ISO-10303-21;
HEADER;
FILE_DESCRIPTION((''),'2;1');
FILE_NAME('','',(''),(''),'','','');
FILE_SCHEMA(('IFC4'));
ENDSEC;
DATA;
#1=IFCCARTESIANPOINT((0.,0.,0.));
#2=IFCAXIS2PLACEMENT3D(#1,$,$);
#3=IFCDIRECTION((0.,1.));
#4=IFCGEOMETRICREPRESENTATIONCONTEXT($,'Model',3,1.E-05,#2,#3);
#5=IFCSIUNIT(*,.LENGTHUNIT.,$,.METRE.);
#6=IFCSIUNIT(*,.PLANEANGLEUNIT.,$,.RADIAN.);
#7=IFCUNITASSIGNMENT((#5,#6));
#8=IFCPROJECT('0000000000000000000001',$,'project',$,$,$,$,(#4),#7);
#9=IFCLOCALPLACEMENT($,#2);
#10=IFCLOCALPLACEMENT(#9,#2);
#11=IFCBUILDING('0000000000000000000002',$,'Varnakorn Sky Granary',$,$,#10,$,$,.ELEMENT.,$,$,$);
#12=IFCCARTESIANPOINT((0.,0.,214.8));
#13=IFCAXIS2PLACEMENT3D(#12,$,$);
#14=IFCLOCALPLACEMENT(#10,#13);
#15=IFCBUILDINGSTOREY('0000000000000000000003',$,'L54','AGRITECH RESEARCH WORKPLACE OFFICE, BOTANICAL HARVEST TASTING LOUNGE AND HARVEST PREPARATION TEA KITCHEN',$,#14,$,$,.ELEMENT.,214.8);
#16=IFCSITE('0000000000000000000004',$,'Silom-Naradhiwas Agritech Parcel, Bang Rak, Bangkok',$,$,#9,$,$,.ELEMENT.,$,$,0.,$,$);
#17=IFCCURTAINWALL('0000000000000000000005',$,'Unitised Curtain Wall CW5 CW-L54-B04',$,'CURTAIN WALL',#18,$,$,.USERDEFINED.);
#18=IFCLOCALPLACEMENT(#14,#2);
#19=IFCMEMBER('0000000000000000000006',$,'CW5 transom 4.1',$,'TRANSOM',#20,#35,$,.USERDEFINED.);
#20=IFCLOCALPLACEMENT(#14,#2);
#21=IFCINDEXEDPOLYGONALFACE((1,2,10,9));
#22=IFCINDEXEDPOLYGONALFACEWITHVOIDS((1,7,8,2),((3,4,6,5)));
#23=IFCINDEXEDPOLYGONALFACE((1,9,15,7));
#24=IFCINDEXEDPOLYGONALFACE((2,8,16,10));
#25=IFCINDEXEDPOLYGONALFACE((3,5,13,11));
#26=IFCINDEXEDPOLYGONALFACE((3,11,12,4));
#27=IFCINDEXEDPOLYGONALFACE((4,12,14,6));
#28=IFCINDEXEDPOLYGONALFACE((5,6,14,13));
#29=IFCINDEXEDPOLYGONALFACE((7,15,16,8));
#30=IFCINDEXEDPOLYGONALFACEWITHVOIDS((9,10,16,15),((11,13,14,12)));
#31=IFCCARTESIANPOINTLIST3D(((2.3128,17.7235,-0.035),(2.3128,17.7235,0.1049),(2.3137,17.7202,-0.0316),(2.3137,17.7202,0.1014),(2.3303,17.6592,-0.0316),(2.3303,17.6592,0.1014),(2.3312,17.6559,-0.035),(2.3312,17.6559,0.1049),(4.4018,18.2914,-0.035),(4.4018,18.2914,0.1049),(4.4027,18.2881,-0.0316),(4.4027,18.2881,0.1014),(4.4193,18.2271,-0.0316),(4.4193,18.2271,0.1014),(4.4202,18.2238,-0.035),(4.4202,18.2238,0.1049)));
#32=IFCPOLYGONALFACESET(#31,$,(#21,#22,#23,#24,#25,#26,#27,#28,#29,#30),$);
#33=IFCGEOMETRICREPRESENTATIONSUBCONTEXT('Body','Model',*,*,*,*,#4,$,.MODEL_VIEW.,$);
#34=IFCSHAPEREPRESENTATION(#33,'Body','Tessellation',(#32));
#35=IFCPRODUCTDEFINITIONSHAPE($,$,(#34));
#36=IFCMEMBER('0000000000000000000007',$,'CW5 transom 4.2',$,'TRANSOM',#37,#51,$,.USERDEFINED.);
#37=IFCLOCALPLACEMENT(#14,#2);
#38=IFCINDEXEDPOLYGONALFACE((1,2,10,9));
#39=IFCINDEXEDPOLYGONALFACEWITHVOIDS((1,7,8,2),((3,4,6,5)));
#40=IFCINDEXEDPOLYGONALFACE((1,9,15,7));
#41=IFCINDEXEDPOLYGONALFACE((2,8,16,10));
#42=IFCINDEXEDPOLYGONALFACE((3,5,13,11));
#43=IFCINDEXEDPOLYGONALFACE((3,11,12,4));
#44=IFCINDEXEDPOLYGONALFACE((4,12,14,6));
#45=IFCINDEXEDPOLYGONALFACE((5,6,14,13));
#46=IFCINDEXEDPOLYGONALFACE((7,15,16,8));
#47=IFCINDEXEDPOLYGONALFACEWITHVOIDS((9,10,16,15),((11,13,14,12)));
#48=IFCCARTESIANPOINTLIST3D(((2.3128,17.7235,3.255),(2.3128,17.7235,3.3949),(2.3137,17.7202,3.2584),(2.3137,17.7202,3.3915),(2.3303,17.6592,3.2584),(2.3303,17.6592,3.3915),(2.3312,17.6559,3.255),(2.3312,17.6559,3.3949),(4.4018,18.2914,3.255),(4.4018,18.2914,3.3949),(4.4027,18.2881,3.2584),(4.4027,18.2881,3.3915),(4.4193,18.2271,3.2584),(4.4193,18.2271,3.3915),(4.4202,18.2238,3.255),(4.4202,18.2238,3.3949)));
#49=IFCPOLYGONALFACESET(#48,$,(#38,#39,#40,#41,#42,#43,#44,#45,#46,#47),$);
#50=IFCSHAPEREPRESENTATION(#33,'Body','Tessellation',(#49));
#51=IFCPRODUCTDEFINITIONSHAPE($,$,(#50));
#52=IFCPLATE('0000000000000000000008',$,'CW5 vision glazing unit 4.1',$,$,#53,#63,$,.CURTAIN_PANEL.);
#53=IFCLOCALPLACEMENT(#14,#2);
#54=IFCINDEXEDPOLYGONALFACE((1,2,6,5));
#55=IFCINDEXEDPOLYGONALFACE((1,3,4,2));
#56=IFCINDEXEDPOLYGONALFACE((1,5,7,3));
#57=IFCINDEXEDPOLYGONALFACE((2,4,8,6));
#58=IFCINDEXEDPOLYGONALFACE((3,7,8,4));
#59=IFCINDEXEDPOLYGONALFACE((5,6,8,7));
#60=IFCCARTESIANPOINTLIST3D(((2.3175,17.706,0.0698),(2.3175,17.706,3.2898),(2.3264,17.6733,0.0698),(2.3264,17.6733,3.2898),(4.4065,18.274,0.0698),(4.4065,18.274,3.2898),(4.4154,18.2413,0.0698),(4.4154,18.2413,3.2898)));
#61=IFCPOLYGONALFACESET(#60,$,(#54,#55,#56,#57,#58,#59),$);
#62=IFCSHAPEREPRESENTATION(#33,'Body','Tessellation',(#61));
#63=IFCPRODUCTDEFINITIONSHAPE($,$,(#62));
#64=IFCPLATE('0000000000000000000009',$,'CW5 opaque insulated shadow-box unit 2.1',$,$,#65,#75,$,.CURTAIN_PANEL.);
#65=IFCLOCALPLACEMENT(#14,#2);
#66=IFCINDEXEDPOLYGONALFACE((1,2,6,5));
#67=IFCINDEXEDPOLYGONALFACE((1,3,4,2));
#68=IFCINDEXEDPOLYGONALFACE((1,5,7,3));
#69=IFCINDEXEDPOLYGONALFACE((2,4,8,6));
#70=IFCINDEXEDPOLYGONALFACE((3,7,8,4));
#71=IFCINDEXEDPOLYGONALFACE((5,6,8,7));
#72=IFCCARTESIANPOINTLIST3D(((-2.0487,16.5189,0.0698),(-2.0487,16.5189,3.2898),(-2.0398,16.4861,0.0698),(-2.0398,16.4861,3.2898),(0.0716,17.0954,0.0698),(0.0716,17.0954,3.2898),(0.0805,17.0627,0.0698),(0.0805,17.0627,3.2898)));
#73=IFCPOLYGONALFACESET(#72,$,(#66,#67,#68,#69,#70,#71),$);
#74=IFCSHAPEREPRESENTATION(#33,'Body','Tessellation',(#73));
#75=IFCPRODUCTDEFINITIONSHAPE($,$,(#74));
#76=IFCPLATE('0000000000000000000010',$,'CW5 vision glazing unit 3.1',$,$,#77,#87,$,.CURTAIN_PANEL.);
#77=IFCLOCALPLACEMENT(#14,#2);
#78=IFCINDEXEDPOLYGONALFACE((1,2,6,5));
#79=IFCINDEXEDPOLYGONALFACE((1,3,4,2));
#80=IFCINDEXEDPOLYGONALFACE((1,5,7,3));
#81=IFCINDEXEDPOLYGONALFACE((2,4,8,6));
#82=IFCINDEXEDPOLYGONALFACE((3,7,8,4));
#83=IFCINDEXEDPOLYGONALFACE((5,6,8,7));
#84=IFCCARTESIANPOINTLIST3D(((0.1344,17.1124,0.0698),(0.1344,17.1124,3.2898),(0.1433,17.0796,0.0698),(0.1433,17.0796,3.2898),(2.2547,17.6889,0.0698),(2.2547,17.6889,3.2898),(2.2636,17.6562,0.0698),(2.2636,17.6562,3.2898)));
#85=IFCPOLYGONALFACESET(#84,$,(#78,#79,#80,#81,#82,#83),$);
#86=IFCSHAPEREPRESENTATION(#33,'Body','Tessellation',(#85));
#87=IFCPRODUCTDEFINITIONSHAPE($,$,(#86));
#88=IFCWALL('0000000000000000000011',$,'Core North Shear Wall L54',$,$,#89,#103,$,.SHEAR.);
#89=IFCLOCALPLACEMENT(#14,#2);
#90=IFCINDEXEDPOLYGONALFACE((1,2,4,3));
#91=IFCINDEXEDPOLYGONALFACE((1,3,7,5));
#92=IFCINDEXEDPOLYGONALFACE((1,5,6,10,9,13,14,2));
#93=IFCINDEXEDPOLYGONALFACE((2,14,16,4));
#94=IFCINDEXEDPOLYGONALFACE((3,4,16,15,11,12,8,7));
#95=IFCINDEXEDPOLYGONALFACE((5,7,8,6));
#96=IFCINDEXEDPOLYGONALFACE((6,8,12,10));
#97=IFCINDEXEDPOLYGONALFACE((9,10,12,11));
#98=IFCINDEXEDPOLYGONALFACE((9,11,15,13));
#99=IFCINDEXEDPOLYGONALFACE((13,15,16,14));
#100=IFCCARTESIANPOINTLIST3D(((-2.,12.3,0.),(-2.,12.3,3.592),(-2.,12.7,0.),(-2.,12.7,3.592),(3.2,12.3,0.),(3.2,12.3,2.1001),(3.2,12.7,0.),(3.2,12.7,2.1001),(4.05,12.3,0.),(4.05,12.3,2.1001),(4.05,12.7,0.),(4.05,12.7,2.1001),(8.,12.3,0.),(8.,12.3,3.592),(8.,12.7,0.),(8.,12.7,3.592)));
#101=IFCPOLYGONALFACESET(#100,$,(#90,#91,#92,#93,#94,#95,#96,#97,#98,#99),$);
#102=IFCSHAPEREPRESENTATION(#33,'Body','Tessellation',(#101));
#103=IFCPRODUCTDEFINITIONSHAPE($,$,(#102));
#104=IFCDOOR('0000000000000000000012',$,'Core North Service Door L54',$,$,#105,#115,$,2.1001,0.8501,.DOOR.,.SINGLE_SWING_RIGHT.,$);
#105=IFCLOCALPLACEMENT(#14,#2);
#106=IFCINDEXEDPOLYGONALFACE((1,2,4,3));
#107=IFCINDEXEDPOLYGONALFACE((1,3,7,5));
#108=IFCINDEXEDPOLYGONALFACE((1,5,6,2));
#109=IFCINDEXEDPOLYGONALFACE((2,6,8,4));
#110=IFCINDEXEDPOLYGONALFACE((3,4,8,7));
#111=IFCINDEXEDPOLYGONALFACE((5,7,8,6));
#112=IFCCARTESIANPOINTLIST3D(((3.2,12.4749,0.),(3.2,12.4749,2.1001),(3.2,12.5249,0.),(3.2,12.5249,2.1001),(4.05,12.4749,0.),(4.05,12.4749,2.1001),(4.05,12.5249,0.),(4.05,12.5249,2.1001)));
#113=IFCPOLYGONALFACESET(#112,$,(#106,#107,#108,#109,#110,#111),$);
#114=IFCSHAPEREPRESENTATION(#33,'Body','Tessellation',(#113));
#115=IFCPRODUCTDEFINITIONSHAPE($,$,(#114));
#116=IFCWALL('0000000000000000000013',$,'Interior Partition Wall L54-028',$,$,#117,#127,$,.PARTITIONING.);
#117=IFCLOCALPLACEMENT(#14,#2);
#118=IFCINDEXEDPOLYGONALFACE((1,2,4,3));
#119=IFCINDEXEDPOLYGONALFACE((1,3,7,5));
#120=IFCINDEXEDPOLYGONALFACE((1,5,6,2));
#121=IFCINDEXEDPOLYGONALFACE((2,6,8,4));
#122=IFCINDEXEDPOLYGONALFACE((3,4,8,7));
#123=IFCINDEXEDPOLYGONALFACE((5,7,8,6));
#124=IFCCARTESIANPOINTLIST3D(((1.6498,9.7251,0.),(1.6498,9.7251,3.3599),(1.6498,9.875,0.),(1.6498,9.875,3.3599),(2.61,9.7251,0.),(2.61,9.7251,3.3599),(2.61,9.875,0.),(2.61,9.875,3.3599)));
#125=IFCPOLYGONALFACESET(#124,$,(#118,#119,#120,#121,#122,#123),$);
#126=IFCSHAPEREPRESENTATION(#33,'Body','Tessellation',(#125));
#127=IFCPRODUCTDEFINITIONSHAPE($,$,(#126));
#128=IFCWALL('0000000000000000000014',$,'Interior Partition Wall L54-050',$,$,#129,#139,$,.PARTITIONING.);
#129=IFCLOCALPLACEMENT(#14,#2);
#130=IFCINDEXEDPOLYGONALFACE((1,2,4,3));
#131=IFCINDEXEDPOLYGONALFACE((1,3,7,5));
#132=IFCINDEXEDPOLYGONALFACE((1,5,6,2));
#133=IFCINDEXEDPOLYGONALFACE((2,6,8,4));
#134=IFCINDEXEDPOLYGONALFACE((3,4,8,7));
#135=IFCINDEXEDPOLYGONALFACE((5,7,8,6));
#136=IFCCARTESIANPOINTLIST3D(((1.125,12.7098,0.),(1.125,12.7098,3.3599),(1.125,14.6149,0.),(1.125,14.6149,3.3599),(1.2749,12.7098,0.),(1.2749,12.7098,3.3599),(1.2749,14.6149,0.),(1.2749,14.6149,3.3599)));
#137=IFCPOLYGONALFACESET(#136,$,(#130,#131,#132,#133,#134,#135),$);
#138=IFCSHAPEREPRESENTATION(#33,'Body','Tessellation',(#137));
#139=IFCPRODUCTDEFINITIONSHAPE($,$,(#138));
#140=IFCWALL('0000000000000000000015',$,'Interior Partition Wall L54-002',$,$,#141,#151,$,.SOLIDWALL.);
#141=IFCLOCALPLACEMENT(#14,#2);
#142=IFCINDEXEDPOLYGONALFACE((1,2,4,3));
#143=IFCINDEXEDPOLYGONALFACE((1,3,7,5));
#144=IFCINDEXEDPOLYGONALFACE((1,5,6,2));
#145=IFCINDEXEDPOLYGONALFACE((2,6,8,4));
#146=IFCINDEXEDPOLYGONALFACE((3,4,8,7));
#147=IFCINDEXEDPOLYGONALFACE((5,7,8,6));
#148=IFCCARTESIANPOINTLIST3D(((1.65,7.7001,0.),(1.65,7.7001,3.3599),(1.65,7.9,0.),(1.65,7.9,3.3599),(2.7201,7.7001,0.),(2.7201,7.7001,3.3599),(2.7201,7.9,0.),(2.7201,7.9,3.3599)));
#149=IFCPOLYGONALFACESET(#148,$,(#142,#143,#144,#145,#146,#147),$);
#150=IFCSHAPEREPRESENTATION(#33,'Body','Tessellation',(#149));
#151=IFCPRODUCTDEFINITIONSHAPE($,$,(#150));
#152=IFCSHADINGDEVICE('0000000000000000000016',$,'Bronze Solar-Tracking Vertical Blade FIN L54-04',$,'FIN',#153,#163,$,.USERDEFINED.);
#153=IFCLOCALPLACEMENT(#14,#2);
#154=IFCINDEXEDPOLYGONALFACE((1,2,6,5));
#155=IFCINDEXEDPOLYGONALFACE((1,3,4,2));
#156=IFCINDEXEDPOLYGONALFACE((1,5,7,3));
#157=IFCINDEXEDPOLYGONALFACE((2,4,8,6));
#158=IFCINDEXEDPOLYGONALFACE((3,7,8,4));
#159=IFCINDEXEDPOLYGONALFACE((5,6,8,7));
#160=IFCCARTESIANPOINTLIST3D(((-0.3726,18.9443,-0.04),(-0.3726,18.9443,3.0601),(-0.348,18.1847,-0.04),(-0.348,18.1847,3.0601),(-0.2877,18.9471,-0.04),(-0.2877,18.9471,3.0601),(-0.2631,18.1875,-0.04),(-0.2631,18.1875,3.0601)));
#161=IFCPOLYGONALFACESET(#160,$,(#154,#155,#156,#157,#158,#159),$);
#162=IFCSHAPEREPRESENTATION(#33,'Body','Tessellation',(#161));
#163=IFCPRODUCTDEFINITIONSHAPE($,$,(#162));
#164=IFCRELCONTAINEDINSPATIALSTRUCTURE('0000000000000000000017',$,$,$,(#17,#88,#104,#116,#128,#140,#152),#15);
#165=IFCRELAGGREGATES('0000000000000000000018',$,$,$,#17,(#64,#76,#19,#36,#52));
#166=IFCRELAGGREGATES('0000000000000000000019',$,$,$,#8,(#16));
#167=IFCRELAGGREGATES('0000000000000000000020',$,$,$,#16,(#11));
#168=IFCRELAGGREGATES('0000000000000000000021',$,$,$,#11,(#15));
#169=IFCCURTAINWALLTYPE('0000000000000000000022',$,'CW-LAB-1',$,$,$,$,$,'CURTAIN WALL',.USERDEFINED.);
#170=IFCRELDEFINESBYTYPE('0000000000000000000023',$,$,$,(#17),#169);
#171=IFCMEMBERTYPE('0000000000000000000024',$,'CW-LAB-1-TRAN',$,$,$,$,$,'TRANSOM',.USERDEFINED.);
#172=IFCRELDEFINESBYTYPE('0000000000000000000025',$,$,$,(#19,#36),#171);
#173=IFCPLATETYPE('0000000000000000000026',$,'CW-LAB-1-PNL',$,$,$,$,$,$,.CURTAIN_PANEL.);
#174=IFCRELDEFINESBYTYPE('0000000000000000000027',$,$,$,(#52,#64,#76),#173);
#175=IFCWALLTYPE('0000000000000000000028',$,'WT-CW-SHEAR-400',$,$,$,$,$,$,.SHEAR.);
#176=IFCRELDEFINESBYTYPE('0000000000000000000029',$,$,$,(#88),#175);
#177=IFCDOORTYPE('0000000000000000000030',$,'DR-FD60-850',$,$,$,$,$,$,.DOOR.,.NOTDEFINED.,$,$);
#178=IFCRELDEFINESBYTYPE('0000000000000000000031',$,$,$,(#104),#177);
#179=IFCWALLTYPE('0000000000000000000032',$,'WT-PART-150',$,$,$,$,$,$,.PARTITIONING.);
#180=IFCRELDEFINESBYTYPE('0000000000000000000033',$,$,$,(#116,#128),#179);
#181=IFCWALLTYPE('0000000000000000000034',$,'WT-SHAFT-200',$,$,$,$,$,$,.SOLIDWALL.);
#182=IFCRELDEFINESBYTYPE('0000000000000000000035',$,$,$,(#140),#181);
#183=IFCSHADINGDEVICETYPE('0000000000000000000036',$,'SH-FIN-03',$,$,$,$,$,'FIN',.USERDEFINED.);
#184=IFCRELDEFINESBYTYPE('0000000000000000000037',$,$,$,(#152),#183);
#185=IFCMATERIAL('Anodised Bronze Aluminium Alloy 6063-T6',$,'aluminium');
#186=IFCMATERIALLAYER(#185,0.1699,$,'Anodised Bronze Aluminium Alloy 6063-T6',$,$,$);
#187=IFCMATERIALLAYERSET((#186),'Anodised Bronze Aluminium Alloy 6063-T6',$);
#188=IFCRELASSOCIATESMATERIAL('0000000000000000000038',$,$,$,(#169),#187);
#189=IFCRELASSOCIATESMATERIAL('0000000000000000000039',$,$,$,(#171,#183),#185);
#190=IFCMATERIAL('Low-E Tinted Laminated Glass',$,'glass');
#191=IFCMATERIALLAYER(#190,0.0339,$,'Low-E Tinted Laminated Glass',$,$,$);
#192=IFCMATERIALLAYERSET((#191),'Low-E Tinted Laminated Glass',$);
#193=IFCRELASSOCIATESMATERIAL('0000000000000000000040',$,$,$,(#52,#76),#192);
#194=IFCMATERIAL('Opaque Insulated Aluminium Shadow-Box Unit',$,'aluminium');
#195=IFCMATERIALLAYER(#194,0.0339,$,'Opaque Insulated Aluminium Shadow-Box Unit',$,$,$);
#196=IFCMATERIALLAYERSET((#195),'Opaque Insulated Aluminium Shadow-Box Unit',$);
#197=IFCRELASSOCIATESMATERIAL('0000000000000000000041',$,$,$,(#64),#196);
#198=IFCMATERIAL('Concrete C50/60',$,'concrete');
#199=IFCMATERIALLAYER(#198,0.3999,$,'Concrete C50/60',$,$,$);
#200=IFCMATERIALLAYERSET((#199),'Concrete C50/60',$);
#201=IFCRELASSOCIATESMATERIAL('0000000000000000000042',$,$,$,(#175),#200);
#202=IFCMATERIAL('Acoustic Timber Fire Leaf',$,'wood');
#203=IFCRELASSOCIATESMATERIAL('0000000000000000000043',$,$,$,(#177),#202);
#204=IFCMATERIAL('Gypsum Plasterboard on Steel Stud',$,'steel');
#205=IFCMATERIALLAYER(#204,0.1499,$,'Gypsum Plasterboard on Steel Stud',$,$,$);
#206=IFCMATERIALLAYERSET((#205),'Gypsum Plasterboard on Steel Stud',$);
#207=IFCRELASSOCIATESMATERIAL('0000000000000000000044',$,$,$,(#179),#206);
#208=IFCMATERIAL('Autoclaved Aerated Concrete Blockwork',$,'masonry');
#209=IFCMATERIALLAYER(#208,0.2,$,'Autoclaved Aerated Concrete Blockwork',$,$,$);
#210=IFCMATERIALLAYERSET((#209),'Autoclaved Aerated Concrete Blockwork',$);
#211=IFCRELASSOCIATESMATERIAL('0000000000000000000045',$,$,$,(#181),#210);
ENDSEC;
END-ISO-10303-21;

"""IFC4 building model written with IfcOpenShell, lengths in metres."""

from ifc_helpers import new_model, si_unit, direction, frame, frame_2d, origin, origin_2d, place, context, subcontext, project, spatial, rectangle, hollow_rectangle, extrude, source, transform, mapped, material, layer, layer_set, material_profile, profile_set, type_object, type_shapes, element, fill, aggregate, save


model = new_model("IFC4")

# Units and contexts
model_context = context("Model", 3, precision=1e-05, world=origin(), true_north=direction((0.0, 1.0)))
body_context = subcontext(model_context, "Body", "Model", "MODEL_VIEW")
ifc_project = project(units=[si_unit("LENGTHUNIT", "METRE"), si_unit("PLANEANGLEUNIT", "RADIAN")], contexts=[model_context])

# Site, building, storey
site_placement = place(None, origin())
site = spatial("IfcSite", under=ifc_project, at=site_placement, Name="Silom-Naradhiwas Agritech Parcel, Bang Rak, Bangkok", CompositionType="ELEMENT", RefElevation=0.0)
building_placement = place(site_placement, origin())
building = spatial("IfcBuilding", under=site, at=building_placement, Name="Varnakorn Sky Granary", CompositionType="ELEMENT")
storey_placement = place(building_placement, frame((0.0, 0.0, 214.8)))
storey = spatial("IfcBuildingStorey", under=building, at=storey_placement, Name="L54", Description="AGRITECH RESEARCH WORKPLACE OFFICE, BOTANICAL HARVEST TASTING LOUNGE AND HARVEST PREPARATION TEA KITCHEN", CompositionType="ELEMENT", Elevation=214.8)

# Curtain wall, members, plates
ifc_material_1 = material(Name="Anodised Bronze Aluminium Alloy 6063-T6", Category="aluminium")
ifc_layer_1 = layer(ifc_material_1, 0.1699, Name="Anodised Bronze Aluminium Alloy 6063-T6")
ifc_layer_set_1 = layer_set([ifc_layer_1], Name="Anodised Bronze Aluminium Alloy 6063-T6")
curtain_wall_type = type_object("IfcCurtainWallType", Name="CW-LAB-1", ElementType="CURTAIN WALL", PredefinedType="USERDEFINED", material=ifc_layer_set_1)
curtain_wall_placement = place(storey_placement, origin())
curtain_wall = element("IfcCurtainWall", 1, at=curtain_wall_placement, inside=storey, type_object=curtain_wall_type, Name="Unitised Curtain Wall CW5 CW-L54-B04", ObjectType="CURTAIN WALL", PredefinedType="USERDEFINED")
ifc_material_profile_1 = material_profile(ifc_material_1, hollow_rectangle(XDim=0.0701, YDim=0.1399, WallThickness=0.0034, at=origin_2d()), Name="ALU TRAN 70x140")
ifc_profile_set_1 = profile_set([ifc_material_profile_1], Name="Anodised Bronze Aluminium Alloy 6063-T6")
member_type_1 = type_object("IfcMemberType", Name="CW-LAB-1-TRAN", ElementType="TRANSOM", PredefinedType="USERDEFINED", material=ifc_profile_set_1)
member_1_placement = place(storey_placement, frame((2.322, 17.6897, 0.0349), z_axis=(0.964977, 0.262335, 0.0), x_axis=(-0.262335, 0.964977, 0.0)))
member_1 = element("IfcMember", 2, at=member_1_placement, type_object=member_type_1, Name="CW5 transom 4.1", ObjectType="TRANSOM", PredefinedType="USERDEFINED", context=body_context, shape_type="SweptSolid", body=[
    extrude(hollow_rectangle(XDim=0.0701, YDim=0.1399, WallThickness=0.0034, at=origin_2d()), origin(), (0.0, 0.0, 1.0), 2.1648),
])
member_2_placement = place(storey_placement, frame((2.322, 17.6897, 3.325), z_axis=(0.964977, 0.262335, 0.0), x_axis=(-0.262335, 0.964977, 0.0)))
member_2 = element("IfcMember", 3, at=member_2_placement, type_object=member_type_1, Name="CW5 transom 4.2", ObjectType="TRANSOM", PredefinedType="USERDEFINED", context=body_context, shape_type="SweptSolid", body=[
    extrude(hollow_rectangle(XDim=0.0701, YDim=0.1399, WallThickness=0.0034, at=origin_2d()), origin(), (0.0, 0.0, 1.0), 2.1648),
])
ifc_material_2 = material(Name="Low-E Tinted Laminated Glass", Category="glass")
ifc_layer_2 = layer(ifc_material_2, 0.0339, Name="Low-E Tinted Laminated Glass")
ifc_layer_set_2 = layer_set([ifc_layer_2], Name="Low-E Tinted Laminated Glass")
plate_type = type_object("IfcPlateType", Name="CW-LAB-1-PNL", PredefinedType="CURTAIN_PANEL")
shared_shape_1 = source(origin(), body_context, "Body", "SweptSolid", [
    extrude(rectangle(XDim=2.1648, YDim=0.0339, at=origin_2d()), origin(), (0.0, 0.0, 1.0), 3.22),
])
plate_1_placement = place(storey_placement, frame((3.3665, 17.9736, 0.0698), z_axis=(0.0, 0.0, 1.0), x_axis=(0.964964, 0.262381, 0.0)))
plate_1 = element("IfcPlate", 4, at=plate_1_placement, type_object=plate_type, material=ifc_layer_set_2, Name="CW5 vision glazing unit 4.1", PredefinedType="CURTAIN_PANEL", context=body_context, shape_type="MappedRepresentation", body=[
    mapped(shared_shape_1, transform((0.0, 0.0, 0.0), x_axis=(1.0, 0.0, 0.0), y_axis=(0.0, 1.0, 0.0), z_axis=(0.0, 0.0, 1.0), scale=1.0)),
])
ifc_material_3 = material(Name="Opaque Insulated Aluminium Shadow-Box Unit", Category="aluminium")
ifc_layer_3 = layer(ifc_material_3, 0.0339, Name="Opaque Insulated Aluminium Shadow-Box Unit")
ifc_layer_set_3 = layer_set([ifc_layer_3], Name="Opaque Insulated Aluminium Shadow-Box Unit")
shared_shape_2 = source(origin(), body_context, "Body", "SweptSolid", [
    extrude(rectangle(XDim=2.1973, YDim=0.0339, at=origin_2d()), origin(), (0.0, 0.0, 1.0), 3.22),
])
type_shapes(plate_type, [shared_shape_1, shared_shape_2])
plate_2_placement = place(storey_placement, frame((-0.9841, 16.7908, 0.0698), z_axis=(0.0, 0.0, 1.0), x_axis=(0.964964, 0.262381, 0.0)))
plate_2 = element("IfcPlate", 5, at=plate_2_placement, type_object=plate_type, material=ifc_layer_set_3, Name="CW5 opaque insulated shadow-box unit 2.1", PredefinedType="CURTAIN_PANEL", context=body_context, shape_type="MappedRepresentation", body=[
    mapped(shared_shape_2, transform((0.0, 0.0, 0.0), x_axis=(1.0, 0.0, 0.0), y_axis=(0.0, 1.0, 0.0), z_axis=(0.0, 0.0, 1.0), scale=1.0)),
])
plate_3_placement = place(storey_placement, frame((1.199, 17.3843, 0.0698), z_axis=(0.0, 0.0, 1.0), x_axis=(0.964964, 0.262381, 0.0)))
plate_3 = element("IfcPlate", 6, at=plate_3_placement, type_object=plate_type, material=ifc_layer_set_2, Name="CW5 vision glazing unit 3.1", PredefinedType="CURTAIN_PANEL", context=body_context, shape_type="MappedRepresentation", body=[
    mapped(shared_shape_2, transform((0.0, 0.0, 0.0), x_axis=(1.0, 0.0, 0.0), y_axis=(0.0, 1.0, 0.0), z_axis=(0.0, 0.0, 1.0), scale=1.0)),
])
aggregate(curtain_wall, [plate_2, plate_3, member_1, member_2, plate_1])

# Wall, opening, door
ifc_material_4 = material(Name="Concrete C50/60", Category="concrete")
ifc_layer_4 = layer(ifc_material_4, 0.3999, Name="Concrete C50/60")
ifc_layer_set_4 = layer_set([ifc_layer_4], Name="Concrete C50/60")
wall_type_1 = type_object("IfcWallType", Name="WT-CW-SHEAR-400", PredefinedType="SHEAR", material=ifc_layer_set_4)
wall_1_placement = place(storey_placement, frame((-2.0, 12.5, 0.0), z_axis=(0.0, 0.0, 1.0), x_axis=(1.0, 0.0, 0.0)))
wall_1 = element("IfcWall", 7, at=wall_1_placement, inside=storey, type_object=wall_type_1, Name="Core North Shear Wall L54", PredefinedType="SHEAR", context=body_context, shape_type="SweptSolid", body=[
    extrude(rectangle(XDim=10.0, YDim=0.3999, at=frame_2d((5.0, 0.0))), origin(), (0.0, 0.0, 1.0), 3.592),
])
opening_placement = place(wall_1_placement, frame((5.2, 0.0, 0.0)))
opening = element("IfcOpeningElement", 8, at=opening_placement, cuts=wall_1, PredefinedType="OPENING", context=body_context, shape_type="SweptSolid", body=[
    extrude(rectangle(XDim=0.8501, YDim=2.1001, at=frame_2d((0.425, 1.05))), frame((0.0, 0.21, 0.0), z_axis=(0.0, -1.0, 0.0), x_axis=(1.0, 0.0, 0.0)), (0.0, 0.0, 1.0), 0.4199),
])
ifc_material_5 = material(Name="Acoustic Timber Fire Leaf", Category="wood")
door_type = type_object("IfcDoorType", Name="DR-FD60-850", OperationType="NOTDEFINED", PredefinedType="DOOR", material=ifc_material_5)
door_placement = place(opening_placement, origin())
door = element("IfcDoor", 9, at=door_placement, inside=storey, type_object=door_type, Name="Core North Service Door L54", OperationType="SINGLE_SWING_RIGHT", OverallHeight=2.1001, OverallWidth=0.8501, PredefinedType="DOOR", context=body_context, shape_type="SweptSolid", body=[
    extrude(rectangle(XDim=0.8501, YDim=2.1001, at=frame_2d((0.425, 1.05))), frame((0.0, 0.0249, 0.0), z_axis=(0.0, -1.0, 0.0), x_axis=(1.0, 0.0, 0.0)), (0.0, 0.0, 1.0), 0.05),
])
fill(opening, door)

# Walls
ifc_material_6 = material(Name="Gypsum Plasterboard on Steel Stud", Category="steel")
ifc_layer_5 = layer(ifc_material_6, 0.1499, Name="Gypsum Plasterboard on Steel Stud")
ifc_layer_set_5 = layer_set([ifc_layer_5], Name="Gypsum Plasterboard on Steel Stud")
wall_type_2 = type_object("IfcWallType", Name="WT-PART-150", PredefinedType="PARTITIONING", material=ifc_layer_set_5)
wall_2_placement = place(storey_placement, frame((1.6499, 9.8, 0.0), z_axis=(0.0, 0.0, 1.0), x_axis=(1.0, 0.0, 0.0)))
element("IfcWall", 10, at=wall_2_placement, inside=storey, type_object=wall_type_2, Name="Interior Partition Wall L54-028", PredefinedType="PARTITIONING", context=body_context, shape_type="SweptSolid", body=[
    extrude(rectangle(XDim=0.9602, YDim=0.1499, at=frame_2d((0.48, 0.0))), origin(), (0.0, 0.0, 1.0), 3.3599),
])
wall_3_placement = place(storey_placement, frame((1.2, 14.615, 0.0), z_axis=(0.0, 0.0, 1.0), x_axis=(0.0, -1.0, 0.0)))
element("IfcWall", 11, at=wall_3_placement, inside=storey, type_object=wall_type_2, Name="Interior Partition Wall L54-050", PredefinedType="PARTITIONING", context=body_context, shape_type="SweptSolid", body=[
    extrude(rectangle(XDim=1.905, YDim=0.1499, at=frame_2d((0.9526, 0.0))), origin(), (0.0, 0.0, 1.0), 3.3599),
])
ifc_material_7 = material(Name="Autoclaved Aerated Concrete Blockwork", Category="masonry")
ifc_layer_6 = layer(ifc_material_7, 0.2, Name="Autoclaved Aerated Concrete Blockwork")
ifc_layer_set_6 = layer_set([ifc_layer_6], Name="Autoclaved Aerated Concrete Blockwork")
wall_type_3 = type_object("IfcWallType", Name="WT-SHAFT-200", PredefinedType="SOLIDWALL", material=ifc_layer_set_6)
wall_4_placement = place(storey_placement, frame((1.6499, 7.8, 0.0), z_axis=(0.0, 0.0, 1.0), x_axis=(1.0, 0.0, 0.0)))
element("IfcWall", 12, at=wall_4_placement, inside=storey, type_object=wall_type_3, Name="Interior Partition Wall L54-002", PredefinedType="SOLIDWALL", context=body_context, shape_type="SweptSolid", body=[
    extrude(rectangle(XDim=1.0701, YDim=0.2, at=frame_2d((0.5352, 0.0))), origin(), (0.0, 0.0, 1.0), 3.3599),
])

# Shading device
shading_device_type = type_object("IfcShadingDeviceType", Name="SH-FIN-03", ElementType="FIN", PredefinedType="USERDEFINED", material=ifc_material_1)
shared_shape_3 = source(origin(), body_context, "Body", "SweptSolid", [
    extrude(rectangle(XDim=0.085, YDim=0.76, at=origin_2d()), origin(), (0.0, 0.0, 1.0), 3.1001),
])
type_shapes(shading_device_type, [shared_shape_3])
shading_device_placement = place(storey_placement, frame((-0.3179, 18.5659, -0.04), z_axis=(0.0, 0.0, 1.0), x_axis=(-0.999476, -0.032377, 0.0)))
element("IfcShadingDevice", 13, at=shading_device_placement, inside=storey, type_object=shading_device_type, Name="Bronze Solar-Tracking Vertical Blade FIN L54-04", ObjectType="FIN", PredefinedType="USERDEFINED", context=body_context, shape_type="MappedRepresentation", body=[
    mapped(shared_shape_3, transform((0.0, 0.0, 0.0), x_axis=(1.0, 0.0, 0.0), y_axis=(0.0, 1.0, 0.0), z_axis=(0.0, 0.0, 1.0), scale=1.0)),
])

save(model, "model.ifc")
